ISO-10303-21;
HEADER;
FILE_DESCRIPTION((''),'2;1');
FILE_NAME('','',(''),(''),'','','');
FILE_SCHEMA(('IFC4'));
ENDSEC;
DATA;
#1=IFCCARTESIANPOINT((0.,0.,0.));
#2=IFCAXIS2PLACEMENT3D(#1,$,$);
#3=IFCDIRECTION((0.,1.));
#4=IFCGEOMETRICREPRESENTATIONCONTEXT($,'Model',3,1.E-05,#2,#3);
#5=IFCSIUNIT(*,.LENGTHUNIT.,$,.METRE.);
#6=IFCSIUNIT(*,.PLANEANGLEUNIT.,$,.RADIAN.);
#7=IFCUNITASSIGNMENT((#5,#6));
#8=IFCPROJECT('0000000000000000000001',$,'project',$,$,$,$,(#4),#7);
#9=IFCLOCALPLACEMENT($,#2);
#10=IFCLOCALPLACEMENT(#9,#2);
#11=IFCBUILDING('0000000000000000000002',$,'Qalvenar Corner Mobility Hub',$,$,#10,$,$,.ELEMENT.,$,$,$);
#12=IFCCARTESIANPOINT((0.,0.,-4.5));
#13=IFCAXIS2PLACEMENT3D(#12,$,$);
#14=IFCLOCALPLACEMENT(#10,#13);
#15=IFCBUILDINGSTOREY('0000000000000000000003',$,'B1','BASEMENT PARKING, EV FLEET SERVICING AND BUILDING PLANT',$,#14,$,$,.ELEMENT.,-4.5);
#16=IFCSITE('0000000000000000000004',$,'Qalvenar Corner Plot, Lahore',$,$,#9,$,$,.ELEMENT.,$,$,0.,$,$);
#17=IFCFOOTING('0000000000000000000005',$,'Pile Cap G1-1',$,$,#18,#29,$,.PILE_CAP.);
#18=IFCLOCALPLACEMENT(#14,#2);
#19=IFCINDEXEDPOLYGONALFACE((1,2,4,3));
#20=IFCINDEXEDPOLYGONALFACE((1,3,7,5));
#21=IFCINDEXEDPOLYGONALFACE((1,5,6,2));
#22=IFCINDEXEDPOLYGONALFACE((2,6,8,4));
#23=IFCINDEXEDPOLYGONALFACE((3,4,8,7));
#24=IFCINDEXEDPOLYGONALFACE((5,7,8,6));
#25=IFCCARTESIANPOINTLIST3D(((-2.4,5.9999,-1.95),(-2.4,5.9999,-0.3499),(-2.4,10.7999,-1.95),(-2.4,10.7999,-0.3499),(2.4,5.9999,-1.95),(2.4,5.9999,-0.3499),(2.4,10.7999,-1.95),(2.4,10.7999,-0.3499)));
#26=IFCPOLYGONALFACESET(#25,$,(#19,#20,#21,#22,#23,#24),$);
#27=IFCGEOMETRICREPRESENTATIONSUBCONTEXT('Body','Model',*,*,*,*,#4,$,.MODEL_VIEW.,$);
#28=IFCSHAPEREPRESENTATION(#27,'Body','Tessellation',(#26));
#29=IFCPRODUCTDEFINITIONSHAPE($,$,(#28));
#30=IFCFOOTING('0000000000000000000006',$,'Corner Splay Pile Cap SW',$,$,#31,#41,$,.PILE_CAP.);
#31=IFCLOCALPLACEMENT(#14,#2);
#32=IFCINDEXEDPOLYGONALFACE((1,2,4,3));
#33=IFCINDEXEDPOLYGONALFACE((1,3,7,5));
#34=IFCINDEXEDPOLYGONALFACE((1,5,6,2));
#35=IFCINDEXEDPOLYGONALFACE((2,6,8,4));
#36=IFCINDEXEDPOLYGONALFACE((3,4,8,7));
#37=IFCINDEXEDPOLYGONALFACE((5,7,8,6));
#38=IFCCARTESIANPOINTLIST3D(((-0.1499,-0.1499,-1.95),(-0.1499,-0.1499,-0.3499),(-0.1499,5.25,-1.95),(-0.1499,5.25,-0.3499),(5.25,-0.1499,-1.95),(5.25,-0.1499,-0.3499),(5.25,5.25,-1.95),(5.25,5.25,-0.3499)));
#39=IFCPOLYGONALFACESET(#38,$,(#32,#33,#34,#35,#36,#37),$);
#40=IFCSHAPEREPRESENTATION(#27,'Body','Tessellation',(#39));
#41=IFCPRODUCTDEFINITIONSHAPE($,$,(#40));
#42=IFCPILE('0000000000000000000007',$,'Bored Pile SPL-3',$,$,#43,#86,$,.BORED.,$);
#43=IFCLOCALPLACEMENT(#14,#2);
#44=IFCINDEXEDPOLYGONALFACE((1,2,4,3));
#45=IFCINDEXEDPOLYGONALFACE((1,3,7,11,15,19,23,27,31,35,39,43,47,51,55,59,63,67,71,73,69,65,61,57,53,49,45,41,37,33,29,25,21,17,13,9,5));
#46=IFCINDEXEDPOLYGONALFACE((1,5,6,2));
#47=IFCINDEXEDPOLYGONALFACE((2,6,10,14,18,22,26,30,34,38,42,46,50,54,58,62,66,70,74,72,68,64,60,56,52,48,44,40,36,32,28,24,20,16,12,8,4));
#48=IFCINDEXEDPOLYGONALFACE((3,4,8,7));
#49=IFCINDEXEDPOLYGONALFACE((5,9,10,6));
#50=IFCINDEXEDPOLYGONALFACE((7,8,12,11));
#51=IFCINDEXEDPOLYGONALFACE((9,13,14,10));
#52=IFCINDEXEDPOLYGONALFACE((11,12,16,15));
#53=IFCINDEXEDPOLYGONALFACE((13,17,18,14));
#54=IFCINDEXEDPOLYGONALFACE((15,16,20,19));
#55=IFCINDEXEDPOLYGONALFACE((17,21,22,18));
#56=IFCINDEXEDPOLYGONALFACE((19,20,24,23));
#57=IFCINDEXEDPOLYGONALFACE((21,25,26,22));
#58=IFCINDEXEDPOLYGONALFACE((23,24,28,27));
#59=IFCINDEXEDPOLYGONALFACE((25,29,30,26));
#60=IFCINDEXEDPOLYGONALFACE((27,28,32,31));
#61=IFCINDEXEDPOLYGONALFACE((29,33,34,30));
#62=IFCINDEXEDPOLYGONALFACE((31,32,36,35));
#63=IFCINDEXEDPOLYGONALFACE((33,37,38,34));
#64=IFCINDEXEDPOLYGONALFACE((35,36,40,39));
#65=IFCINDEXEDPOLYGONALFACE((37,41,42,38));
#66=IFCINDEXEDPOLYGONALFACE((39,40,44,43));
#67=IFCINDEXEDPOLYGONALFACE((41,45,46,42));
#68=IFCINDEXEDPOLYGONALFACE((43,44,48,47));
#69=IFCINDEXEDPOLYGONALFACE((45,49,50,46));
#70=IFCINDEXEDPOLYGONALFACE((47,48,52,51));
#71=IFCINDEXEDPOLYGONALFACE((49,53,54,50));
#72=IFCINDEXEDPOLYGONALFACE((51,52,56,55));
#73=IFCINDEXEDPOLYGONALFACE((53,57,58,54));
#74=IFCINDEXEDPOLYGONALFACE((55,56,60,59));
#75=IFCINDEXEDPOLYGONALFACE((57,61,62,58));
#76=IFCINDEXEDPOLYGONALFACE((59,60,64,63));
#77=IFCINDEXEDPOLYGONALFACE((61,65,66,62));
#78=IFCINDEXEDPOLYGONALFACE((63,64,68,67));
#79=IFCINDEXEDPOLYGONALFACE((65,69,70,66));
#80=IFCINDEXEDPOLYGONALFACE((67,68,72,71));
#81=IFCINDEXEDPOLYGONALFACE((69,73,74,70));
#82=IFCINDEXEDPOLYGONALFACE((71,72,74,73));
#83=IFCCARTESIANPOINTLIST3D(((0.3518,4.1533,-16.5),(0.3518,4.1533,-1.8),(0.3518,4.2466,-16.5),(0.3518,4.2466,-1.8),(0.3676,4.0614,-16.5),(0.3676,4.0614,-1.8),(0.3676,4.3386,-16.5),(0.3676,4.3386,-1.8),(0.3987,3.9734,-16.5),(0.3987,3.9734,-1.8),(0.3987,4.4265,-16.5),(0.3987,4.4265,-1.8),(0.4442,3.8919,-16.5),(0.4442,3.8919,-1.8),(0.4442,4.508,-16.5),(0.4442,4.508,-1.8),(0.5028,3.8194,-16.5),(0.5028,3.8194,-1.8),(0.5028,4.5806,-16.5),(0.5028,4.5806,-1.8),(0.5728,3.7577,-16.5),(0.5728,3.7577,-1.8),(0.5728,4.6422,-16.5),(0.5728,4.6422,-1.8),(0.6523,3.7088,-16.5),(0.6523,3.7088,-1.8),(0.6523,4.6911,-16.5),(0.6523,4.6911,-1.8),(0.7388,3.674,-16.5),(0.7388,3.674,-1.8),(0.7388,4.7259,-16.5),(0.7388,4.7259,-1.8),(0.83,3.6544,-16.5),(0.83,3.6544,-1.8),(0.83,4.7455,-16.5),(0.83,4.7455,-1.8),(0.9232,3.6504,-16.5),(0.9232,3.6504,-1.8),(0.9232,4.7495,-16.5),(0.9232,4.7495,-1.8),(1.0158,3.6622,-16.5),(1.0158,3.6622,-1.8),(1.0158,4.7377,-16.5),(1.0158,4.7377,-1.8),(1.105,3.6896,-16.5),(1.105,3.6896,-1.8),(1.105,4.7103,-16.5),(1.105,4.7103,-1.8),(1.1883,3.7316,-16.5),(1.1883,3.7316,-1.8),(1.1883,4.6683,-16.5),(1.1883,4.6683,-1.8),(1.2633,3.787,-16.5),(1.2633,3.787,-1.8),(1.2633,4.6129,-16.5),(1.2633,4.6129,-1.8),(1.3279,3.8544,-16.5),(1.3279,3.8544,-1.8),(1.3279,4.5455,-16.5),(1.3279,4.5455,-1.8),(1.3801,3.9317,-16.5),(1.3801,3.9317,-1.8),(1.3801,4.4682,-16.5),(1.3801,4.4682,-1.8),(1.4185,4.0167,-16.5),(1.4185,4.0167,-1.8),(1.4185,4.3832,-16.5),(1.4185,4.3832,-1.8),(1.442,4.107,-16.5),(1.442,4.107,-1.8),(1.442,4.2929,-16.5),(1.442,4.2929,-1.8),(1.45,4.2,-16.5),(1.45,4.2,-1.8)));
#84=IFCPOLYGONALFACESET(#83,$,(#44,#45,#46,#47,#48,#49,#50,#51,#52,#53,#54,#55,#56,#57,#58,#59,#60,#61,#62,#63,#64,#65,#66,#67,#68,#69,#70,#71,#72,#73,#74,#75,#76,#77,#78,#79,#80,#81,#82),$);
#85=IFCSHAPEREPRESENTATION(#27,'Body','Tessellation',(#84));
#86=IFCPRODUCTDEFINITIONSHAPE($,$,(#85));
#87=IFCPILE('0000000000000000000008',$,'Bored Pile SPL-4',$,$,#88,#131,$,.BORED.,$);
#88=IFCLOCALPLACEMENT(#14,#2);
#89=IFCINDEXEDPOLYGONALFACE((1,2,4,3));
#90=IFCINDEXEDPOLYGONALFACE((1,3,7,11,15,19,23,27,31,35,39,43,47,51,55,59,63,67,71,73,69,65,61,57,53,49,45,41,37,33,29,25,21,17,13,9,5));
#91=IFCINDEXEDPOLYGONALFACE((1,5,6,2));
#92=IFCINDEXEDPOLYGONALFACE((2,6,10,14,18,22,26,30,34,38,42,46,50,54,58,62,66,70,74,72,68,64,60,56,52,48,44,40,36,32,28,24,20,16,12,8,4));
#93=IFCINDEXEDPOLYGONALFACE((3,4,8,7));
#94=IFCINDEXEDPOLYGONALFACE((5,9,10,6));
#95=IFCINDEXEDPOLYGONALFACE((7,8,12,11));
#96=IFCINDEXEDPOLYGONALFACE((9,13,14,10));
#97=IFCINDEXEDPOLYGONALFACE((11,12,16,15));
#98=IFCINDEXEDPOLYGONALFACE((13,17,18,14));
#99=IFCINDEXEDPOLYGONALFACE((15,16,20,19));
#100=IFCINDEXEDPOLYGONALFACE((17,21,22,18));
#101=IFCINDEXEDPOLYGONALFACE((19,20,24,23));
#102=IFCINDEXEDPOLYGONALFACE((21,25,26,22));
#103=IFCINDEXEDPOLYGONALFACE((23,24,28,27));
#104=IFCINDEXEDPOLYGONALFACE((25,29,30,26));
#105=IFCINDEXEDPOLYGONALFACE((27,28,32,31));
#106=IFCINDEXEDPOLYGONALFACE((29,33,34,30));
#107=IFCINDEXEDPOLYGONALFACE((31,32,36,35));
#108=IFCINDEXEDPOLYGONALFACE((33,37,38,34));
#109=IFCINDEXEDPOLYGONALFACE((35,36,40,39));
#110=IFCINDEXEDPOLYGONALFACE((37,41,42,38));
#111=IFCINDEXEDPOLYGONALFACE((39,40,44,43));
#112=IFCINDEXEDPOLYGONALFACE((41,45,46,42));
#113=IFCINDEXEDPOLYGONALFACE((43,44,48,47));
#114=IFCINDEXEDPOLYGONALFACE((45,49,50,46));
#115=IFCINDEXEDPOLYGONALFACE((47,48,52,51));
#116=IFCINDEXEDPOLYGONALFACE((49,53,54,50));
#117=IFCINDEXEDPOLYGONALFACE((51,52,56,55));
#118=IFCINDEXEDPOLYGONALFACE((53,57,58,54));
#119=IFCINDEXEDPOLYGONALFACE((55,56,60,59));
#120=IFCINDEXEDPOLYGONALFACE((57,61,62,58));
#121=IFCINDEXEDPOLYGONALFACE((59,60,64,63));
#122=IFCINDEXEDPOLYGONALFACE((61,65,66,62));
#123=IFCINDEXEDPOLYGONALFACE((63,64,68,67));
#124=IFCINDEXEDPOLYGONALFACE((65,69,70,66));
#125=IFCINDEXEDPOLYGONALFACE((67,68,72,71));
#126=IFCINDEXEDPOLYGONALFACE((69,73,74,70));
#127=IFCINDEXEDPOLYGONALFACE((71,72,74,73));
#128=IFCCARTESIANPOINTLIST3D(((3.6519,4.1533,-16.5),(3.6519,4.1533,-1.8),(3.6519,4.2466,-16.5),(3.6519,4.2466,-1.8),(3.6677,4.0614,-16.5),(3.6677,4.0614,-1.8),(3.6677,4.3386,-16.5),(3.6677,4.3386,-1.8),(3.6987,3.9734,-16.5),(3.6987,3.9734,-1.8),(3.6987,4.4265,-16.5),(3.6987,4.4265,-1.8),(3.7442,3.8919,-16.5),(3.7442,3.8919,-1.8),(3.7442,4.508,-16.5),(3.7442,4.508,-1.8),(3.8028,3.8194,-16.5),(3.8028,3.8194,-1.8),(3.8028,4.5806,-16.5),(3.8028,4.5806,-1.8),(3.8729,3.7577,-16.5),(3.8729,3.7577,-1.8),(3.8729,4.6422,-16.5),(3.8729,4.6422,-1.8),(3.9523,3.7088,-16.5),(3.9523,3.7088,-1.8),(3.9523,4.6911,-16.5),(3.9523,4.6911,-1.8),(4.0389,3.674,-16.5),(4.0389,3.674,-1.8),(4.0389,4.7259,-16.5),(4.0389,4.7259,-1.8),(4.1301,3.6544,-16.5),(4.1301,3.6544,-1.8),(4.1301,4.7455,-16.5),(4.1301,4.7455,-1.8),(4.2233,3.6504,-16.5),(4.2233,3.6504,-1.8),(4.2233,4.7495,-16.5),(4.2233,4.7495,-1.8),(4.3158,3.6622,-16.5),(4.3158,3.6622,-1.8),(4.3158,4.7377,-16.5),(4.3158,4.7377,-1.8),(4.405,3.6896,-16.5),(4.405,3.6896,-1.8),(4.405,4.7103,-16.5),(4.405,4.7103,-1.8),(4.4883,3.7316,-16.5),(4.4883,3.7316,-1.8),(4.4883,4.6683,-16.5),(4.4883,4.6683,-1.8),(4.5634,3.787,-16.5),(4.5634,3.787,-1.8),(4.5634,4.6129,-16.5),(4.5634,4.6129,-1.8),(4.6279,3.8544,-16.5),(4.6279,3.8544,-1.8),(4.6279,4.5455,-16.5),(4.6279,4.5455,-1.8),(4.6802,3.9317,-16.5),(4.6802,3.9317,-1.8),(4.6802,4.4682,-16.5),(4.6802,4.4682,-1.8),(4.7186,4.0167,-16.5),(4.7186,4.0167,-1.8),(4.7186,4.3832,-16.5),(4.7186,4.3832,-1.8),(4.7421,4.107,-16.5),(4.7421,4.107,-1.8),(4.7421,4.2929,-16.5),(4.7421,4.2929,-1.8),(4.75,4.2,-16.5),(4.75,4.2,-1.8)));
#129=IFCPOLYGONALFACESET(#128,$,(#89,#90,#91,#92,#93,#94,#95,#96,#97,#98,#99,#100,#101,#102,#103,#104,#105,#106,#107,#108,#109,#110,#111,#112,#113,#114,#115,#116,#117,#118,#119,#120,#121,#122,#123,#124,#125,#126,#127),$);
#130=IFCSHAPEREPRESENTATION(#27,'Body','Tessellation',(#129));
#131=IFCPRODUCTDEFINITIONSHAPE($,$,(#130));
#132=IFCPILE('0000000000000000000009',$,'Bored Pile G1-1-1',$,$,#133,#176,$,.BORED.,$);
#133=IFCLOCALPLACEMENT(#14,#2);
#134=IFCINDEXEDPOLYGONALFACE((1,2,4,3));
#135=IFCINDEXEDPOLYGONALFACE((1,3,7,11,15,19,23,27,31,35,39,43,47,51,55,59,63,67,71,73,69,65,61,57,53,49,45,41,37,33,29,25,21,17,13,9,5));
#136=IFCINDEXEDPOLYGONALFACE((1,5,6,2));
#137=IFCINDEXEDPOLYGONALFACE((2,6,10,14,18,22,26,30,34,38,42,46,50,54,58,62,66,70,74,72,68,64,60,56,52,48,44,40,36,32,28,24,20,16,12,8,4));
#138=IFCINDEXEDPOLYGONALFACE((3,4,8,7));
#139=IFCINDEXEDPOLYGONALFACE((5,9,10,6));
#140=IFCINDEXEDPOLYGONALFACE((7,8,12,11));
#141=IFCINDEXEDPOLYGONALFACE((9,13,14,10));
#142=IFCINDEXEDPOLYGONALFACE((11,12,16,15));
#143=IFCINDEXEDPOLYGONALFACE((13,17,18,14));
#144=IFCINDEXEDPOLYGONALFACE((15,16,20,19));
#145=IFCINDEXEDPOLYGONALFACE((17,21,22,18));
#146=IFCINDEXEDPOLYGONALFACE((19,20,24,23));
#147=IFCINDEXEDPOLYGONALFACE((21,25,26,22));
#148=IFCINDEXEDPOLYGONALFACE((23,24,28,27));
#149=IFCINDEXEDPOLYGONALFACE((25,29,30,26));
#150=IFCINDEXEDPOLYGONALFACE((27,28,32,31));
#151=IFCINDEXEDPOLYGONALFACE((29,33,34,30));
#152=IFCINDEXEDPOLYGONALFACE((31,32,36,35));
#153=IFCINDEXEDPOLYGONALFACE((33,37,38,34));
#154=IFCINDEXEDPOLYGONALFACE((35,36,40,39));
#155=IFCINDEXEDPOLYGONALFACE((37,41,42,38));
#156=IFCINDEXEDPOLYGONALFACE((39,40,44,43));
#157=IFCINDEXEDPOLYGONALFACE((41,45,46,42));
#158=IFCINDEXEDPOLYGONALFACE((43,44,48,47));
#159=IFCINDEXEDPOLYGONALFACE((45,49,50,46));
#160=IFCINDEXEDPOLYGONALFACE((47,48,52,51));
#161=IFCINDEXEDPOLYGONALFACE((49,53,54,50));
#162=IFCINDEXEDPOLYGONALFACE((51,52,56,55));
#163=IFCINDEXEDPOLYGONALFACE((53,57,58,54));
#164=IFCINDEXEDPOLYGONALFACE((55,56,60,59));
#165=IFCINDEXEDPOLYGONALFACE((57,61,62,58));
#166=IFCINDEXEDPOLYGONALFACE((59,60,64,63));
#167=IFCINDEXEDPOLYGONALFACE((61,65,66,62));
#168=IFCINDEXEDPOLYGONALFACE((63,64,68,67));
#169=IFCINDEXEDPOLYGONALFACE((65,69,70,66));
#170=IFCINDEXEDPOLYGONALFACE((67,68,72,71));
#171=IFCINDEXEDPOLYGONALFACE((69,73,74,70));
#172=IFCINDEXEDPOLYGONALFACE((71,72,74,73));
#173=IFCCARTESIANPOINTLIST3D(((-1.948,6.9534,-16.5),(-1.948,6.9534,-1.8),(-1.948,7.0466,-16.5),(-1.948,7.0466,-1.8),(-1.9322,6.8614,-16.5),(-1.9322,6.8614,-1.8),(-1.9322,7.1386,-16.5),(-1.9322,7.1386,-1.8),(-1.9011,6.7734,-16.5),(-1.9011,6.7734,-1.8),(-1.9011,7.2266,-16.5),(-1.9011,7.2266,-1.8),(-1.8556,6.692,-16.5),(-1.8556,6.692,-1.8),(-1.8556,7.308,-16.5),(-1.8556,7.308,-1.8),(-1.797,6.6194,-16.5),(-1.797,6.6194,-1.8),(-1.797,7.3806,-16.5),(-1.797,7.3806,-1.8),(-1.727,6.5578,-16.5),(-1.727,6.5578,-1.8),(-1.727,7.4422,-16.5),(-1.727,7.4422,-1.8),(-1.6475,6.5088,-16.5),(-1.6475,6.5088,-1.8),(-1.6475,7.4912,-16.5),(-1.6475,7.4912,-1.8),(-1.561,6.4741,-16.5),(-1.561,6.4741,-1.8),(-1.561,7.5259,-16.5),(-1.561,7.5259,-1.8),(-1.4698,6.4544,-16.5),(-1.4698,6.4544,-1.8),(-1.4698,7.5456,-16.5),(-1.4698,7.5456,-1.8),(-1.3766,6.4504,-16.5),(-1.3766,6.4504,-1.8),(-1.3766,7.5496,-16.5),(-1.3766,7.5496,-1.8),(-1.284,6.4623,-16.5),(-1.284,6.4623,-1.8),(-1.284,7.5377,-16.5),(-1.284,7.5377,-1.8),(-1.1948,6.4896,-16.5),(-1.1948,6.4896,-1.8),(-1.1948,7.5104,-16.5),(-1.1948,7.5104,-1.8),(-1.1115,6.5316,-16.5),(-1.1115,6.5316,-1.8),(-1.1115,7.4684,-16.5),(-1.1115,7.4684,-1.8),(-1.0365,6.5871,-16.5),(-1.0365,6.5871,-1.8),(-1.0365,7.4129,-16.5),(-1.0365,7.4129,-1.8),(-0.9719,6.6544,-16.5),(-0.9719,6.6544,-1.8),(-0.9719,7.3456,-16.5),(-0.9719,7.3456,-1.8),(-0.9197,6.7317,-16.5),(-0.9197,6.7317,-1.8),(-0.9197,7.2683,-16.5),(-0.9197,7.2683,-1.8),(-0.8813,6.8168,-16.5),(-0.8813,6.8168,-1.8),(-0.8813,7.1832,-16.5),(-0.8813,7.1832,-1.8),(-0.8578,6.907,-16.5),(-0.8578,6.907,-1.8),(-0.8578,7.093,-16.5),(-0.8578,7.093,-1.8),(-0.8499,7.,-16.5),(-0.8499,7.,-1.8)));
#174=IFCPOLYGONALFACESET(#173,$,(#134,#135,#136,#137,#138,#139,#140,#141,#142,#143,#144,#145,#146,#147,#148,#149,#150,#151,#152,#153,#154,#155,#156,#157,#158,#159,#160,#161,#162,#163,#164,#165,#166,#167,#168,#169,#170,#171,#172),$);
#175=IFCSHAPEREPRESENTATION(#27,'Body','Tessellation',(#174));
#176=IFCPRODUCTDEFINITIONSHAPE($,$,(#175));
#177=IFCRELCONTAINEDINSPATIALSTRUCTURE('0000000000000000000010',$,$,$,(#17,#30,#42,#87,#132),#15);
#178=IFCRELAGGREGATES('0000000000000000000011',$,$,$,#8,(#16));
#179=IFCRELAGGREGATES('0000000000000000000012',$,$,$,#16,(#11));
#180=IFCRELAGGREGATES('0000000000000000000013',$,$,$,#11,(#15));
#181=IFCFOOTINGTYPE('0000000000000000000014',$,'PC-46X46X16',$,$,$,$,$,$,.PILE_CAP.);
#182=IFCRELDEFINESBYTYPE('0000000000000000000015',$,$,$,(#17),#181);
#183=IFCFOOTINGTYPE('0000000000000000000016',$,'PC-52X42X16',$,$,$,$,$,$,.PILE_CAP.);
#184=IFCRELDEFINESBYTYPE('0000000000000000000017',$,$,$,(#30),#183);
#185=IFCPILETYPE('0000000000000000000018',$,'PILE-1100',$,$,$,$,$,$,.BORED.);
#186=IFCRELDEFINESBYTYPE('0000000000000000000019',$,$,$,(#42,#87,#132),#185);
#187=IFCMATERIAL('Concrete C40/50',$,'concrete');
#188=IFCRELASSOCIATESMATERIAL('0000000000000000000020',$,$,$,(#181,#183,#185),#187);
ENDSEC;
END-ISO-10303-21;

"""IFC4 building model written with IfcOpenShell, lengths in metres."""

from ifc_helpers import new_model, si_unit, direction, frame, origin, origin_2d, place, context, subcontext, project, spatial, rectangle, circle, extrude, material, material_profile, profile_set, type_object, element, save


model = new_model("IFC4")

# Units and contexts
model_context = context("Model", 3, precision=1e-05, world=origin(), true_north=direction((0.0, 1.0)))
body_context = subcontext(model_context, "Body", "Model", "MODEL_VIEW")
ifc_project = project(units=[si_unit("LENGTHUNIT", "METRE"), si_unit("PLANEANGLEUNIT", "RADIAN")], contexts=[model_context])

# Site, building, storey
site_placement = place(None, origin())
site = spatial("IfcSite", under=ifc_project, at=site_placement, Name="Qalvenar Corner Plot, Lahore", CompositionType="ELEMENT", RefElevation=0.0)
building_placement = place(site_placement, origin())
building = spatial("IfcBuilding", under=site, at=building_placement, Name="Qalvenar Corner Mobility Hub", CompositionType="ELEMENT")
storey_placement = place(building_placement, frame((0.0, 0.0, -4.5)))
storey = spatial("IfcBuildingStorey", under=building, at=storey_placement, Name="B1", Description="BASEMENT PARKING, EV FLEET SERVICING AND BUILDING PLANT", CompositionType="ELEMENT", Elevation=-4.5)

# Footings
ifc_material_1 = material(Name="Concrete C40/50", Category="concrete")
footing_type_1 = type_object("IfcFootingType", Name="PC-46X46X16", PredefinedType="PILE_CAP", material=ifc_material_1)
footing_1_placement = place(storey_placement, frame((0.0, 8.3999, -1.95), z_axis=(0.0, 0.0, 1.0), x_axis=(1.0, 0.0, 0.0)))
element("IfcFooting", 1, at=footing_1_placement, inside=storey, type_object=footing_type_1, Name="Pile Cap G1-1", PredefinedType="PILE_CAP", context=body_context, shape_type="SweptSolid", body=[
    extrude(rectangle(XDim=4.8, YDim=4.8, at=origin_2d()), origin(), (0.0, 0.0, 1.0), 1.6001),
])
footing_type_2 = type_object("IfcFootingType", Name="PC-52X42X16", PredefinedType="PILE_CAP", material=ifc_material_1)
footing_2_placement = place(storey_placement, frame((2.55, 2.55, -1.95), z_axis=(0.0, 0.0, 1.0), x_axis=(1.0, 0.0, 0.0)))
element("IfcFooting", 2, at=footing_2_placement, inside=storey, type_object=footing_type_2, Name="Corner Splay Pile Cap SW", PredefinedType="PILE_CAP", context=body_context, shape_type="SweptSolid", body=[
    extrude(rectangle(XDim=5.3999, YDim=5.3999, at=origin_2d()), origin(), (0.0, 0.0, 1.0), 1.6001),
])

# Piles
ifc_material_profile_1 = material_profile(ifc_material_1, circle(Radius=0.55, at=origin_2d()), Name="DIA1100")
ifc_profile_set_1 = profile_set([ifc_material_profile_1], Name="Concrete C40/50")
pile_type = type_object("IfcPileType", Name="PILE-1100", PredefinedType="BORED", material=ifc_profile_set_1)
for number, where, z_axis, x_axis, name in (
    (3, (0.8999, 4.2, -1.8), (0.0, 0.0, -1.0), (1.0, 0.0, 0.0), "Bored Pile SPL-3"),
    (4, (4.2, 4.2, -1.8), (0.0, 0.0, -1.0), (1.0, 0.0, 0.0), "Bored Pile SPL-4"),
    (5, (-1.3999, 7.0, -1.8), (0.0, 0.0, -1.0), (1.0, 0.0, 0.0), "Bored Pile G1-1-1"),
):
    element("IfcPile", number, at=place(storey_placement, frame(where, z_axis=z_axis, x_axis=x_axis)), inside=storey, type_object=pile_type, Name=name, PredefinedType="BORED", context=body_context, shape_type="SweptSolid", body=[
        extrude(circle(Radius=0.55, at=origin_2d()), origin(), (0.0, 0.0, 1.0), 14.7),
    ])

save(model, "model.ifc")
